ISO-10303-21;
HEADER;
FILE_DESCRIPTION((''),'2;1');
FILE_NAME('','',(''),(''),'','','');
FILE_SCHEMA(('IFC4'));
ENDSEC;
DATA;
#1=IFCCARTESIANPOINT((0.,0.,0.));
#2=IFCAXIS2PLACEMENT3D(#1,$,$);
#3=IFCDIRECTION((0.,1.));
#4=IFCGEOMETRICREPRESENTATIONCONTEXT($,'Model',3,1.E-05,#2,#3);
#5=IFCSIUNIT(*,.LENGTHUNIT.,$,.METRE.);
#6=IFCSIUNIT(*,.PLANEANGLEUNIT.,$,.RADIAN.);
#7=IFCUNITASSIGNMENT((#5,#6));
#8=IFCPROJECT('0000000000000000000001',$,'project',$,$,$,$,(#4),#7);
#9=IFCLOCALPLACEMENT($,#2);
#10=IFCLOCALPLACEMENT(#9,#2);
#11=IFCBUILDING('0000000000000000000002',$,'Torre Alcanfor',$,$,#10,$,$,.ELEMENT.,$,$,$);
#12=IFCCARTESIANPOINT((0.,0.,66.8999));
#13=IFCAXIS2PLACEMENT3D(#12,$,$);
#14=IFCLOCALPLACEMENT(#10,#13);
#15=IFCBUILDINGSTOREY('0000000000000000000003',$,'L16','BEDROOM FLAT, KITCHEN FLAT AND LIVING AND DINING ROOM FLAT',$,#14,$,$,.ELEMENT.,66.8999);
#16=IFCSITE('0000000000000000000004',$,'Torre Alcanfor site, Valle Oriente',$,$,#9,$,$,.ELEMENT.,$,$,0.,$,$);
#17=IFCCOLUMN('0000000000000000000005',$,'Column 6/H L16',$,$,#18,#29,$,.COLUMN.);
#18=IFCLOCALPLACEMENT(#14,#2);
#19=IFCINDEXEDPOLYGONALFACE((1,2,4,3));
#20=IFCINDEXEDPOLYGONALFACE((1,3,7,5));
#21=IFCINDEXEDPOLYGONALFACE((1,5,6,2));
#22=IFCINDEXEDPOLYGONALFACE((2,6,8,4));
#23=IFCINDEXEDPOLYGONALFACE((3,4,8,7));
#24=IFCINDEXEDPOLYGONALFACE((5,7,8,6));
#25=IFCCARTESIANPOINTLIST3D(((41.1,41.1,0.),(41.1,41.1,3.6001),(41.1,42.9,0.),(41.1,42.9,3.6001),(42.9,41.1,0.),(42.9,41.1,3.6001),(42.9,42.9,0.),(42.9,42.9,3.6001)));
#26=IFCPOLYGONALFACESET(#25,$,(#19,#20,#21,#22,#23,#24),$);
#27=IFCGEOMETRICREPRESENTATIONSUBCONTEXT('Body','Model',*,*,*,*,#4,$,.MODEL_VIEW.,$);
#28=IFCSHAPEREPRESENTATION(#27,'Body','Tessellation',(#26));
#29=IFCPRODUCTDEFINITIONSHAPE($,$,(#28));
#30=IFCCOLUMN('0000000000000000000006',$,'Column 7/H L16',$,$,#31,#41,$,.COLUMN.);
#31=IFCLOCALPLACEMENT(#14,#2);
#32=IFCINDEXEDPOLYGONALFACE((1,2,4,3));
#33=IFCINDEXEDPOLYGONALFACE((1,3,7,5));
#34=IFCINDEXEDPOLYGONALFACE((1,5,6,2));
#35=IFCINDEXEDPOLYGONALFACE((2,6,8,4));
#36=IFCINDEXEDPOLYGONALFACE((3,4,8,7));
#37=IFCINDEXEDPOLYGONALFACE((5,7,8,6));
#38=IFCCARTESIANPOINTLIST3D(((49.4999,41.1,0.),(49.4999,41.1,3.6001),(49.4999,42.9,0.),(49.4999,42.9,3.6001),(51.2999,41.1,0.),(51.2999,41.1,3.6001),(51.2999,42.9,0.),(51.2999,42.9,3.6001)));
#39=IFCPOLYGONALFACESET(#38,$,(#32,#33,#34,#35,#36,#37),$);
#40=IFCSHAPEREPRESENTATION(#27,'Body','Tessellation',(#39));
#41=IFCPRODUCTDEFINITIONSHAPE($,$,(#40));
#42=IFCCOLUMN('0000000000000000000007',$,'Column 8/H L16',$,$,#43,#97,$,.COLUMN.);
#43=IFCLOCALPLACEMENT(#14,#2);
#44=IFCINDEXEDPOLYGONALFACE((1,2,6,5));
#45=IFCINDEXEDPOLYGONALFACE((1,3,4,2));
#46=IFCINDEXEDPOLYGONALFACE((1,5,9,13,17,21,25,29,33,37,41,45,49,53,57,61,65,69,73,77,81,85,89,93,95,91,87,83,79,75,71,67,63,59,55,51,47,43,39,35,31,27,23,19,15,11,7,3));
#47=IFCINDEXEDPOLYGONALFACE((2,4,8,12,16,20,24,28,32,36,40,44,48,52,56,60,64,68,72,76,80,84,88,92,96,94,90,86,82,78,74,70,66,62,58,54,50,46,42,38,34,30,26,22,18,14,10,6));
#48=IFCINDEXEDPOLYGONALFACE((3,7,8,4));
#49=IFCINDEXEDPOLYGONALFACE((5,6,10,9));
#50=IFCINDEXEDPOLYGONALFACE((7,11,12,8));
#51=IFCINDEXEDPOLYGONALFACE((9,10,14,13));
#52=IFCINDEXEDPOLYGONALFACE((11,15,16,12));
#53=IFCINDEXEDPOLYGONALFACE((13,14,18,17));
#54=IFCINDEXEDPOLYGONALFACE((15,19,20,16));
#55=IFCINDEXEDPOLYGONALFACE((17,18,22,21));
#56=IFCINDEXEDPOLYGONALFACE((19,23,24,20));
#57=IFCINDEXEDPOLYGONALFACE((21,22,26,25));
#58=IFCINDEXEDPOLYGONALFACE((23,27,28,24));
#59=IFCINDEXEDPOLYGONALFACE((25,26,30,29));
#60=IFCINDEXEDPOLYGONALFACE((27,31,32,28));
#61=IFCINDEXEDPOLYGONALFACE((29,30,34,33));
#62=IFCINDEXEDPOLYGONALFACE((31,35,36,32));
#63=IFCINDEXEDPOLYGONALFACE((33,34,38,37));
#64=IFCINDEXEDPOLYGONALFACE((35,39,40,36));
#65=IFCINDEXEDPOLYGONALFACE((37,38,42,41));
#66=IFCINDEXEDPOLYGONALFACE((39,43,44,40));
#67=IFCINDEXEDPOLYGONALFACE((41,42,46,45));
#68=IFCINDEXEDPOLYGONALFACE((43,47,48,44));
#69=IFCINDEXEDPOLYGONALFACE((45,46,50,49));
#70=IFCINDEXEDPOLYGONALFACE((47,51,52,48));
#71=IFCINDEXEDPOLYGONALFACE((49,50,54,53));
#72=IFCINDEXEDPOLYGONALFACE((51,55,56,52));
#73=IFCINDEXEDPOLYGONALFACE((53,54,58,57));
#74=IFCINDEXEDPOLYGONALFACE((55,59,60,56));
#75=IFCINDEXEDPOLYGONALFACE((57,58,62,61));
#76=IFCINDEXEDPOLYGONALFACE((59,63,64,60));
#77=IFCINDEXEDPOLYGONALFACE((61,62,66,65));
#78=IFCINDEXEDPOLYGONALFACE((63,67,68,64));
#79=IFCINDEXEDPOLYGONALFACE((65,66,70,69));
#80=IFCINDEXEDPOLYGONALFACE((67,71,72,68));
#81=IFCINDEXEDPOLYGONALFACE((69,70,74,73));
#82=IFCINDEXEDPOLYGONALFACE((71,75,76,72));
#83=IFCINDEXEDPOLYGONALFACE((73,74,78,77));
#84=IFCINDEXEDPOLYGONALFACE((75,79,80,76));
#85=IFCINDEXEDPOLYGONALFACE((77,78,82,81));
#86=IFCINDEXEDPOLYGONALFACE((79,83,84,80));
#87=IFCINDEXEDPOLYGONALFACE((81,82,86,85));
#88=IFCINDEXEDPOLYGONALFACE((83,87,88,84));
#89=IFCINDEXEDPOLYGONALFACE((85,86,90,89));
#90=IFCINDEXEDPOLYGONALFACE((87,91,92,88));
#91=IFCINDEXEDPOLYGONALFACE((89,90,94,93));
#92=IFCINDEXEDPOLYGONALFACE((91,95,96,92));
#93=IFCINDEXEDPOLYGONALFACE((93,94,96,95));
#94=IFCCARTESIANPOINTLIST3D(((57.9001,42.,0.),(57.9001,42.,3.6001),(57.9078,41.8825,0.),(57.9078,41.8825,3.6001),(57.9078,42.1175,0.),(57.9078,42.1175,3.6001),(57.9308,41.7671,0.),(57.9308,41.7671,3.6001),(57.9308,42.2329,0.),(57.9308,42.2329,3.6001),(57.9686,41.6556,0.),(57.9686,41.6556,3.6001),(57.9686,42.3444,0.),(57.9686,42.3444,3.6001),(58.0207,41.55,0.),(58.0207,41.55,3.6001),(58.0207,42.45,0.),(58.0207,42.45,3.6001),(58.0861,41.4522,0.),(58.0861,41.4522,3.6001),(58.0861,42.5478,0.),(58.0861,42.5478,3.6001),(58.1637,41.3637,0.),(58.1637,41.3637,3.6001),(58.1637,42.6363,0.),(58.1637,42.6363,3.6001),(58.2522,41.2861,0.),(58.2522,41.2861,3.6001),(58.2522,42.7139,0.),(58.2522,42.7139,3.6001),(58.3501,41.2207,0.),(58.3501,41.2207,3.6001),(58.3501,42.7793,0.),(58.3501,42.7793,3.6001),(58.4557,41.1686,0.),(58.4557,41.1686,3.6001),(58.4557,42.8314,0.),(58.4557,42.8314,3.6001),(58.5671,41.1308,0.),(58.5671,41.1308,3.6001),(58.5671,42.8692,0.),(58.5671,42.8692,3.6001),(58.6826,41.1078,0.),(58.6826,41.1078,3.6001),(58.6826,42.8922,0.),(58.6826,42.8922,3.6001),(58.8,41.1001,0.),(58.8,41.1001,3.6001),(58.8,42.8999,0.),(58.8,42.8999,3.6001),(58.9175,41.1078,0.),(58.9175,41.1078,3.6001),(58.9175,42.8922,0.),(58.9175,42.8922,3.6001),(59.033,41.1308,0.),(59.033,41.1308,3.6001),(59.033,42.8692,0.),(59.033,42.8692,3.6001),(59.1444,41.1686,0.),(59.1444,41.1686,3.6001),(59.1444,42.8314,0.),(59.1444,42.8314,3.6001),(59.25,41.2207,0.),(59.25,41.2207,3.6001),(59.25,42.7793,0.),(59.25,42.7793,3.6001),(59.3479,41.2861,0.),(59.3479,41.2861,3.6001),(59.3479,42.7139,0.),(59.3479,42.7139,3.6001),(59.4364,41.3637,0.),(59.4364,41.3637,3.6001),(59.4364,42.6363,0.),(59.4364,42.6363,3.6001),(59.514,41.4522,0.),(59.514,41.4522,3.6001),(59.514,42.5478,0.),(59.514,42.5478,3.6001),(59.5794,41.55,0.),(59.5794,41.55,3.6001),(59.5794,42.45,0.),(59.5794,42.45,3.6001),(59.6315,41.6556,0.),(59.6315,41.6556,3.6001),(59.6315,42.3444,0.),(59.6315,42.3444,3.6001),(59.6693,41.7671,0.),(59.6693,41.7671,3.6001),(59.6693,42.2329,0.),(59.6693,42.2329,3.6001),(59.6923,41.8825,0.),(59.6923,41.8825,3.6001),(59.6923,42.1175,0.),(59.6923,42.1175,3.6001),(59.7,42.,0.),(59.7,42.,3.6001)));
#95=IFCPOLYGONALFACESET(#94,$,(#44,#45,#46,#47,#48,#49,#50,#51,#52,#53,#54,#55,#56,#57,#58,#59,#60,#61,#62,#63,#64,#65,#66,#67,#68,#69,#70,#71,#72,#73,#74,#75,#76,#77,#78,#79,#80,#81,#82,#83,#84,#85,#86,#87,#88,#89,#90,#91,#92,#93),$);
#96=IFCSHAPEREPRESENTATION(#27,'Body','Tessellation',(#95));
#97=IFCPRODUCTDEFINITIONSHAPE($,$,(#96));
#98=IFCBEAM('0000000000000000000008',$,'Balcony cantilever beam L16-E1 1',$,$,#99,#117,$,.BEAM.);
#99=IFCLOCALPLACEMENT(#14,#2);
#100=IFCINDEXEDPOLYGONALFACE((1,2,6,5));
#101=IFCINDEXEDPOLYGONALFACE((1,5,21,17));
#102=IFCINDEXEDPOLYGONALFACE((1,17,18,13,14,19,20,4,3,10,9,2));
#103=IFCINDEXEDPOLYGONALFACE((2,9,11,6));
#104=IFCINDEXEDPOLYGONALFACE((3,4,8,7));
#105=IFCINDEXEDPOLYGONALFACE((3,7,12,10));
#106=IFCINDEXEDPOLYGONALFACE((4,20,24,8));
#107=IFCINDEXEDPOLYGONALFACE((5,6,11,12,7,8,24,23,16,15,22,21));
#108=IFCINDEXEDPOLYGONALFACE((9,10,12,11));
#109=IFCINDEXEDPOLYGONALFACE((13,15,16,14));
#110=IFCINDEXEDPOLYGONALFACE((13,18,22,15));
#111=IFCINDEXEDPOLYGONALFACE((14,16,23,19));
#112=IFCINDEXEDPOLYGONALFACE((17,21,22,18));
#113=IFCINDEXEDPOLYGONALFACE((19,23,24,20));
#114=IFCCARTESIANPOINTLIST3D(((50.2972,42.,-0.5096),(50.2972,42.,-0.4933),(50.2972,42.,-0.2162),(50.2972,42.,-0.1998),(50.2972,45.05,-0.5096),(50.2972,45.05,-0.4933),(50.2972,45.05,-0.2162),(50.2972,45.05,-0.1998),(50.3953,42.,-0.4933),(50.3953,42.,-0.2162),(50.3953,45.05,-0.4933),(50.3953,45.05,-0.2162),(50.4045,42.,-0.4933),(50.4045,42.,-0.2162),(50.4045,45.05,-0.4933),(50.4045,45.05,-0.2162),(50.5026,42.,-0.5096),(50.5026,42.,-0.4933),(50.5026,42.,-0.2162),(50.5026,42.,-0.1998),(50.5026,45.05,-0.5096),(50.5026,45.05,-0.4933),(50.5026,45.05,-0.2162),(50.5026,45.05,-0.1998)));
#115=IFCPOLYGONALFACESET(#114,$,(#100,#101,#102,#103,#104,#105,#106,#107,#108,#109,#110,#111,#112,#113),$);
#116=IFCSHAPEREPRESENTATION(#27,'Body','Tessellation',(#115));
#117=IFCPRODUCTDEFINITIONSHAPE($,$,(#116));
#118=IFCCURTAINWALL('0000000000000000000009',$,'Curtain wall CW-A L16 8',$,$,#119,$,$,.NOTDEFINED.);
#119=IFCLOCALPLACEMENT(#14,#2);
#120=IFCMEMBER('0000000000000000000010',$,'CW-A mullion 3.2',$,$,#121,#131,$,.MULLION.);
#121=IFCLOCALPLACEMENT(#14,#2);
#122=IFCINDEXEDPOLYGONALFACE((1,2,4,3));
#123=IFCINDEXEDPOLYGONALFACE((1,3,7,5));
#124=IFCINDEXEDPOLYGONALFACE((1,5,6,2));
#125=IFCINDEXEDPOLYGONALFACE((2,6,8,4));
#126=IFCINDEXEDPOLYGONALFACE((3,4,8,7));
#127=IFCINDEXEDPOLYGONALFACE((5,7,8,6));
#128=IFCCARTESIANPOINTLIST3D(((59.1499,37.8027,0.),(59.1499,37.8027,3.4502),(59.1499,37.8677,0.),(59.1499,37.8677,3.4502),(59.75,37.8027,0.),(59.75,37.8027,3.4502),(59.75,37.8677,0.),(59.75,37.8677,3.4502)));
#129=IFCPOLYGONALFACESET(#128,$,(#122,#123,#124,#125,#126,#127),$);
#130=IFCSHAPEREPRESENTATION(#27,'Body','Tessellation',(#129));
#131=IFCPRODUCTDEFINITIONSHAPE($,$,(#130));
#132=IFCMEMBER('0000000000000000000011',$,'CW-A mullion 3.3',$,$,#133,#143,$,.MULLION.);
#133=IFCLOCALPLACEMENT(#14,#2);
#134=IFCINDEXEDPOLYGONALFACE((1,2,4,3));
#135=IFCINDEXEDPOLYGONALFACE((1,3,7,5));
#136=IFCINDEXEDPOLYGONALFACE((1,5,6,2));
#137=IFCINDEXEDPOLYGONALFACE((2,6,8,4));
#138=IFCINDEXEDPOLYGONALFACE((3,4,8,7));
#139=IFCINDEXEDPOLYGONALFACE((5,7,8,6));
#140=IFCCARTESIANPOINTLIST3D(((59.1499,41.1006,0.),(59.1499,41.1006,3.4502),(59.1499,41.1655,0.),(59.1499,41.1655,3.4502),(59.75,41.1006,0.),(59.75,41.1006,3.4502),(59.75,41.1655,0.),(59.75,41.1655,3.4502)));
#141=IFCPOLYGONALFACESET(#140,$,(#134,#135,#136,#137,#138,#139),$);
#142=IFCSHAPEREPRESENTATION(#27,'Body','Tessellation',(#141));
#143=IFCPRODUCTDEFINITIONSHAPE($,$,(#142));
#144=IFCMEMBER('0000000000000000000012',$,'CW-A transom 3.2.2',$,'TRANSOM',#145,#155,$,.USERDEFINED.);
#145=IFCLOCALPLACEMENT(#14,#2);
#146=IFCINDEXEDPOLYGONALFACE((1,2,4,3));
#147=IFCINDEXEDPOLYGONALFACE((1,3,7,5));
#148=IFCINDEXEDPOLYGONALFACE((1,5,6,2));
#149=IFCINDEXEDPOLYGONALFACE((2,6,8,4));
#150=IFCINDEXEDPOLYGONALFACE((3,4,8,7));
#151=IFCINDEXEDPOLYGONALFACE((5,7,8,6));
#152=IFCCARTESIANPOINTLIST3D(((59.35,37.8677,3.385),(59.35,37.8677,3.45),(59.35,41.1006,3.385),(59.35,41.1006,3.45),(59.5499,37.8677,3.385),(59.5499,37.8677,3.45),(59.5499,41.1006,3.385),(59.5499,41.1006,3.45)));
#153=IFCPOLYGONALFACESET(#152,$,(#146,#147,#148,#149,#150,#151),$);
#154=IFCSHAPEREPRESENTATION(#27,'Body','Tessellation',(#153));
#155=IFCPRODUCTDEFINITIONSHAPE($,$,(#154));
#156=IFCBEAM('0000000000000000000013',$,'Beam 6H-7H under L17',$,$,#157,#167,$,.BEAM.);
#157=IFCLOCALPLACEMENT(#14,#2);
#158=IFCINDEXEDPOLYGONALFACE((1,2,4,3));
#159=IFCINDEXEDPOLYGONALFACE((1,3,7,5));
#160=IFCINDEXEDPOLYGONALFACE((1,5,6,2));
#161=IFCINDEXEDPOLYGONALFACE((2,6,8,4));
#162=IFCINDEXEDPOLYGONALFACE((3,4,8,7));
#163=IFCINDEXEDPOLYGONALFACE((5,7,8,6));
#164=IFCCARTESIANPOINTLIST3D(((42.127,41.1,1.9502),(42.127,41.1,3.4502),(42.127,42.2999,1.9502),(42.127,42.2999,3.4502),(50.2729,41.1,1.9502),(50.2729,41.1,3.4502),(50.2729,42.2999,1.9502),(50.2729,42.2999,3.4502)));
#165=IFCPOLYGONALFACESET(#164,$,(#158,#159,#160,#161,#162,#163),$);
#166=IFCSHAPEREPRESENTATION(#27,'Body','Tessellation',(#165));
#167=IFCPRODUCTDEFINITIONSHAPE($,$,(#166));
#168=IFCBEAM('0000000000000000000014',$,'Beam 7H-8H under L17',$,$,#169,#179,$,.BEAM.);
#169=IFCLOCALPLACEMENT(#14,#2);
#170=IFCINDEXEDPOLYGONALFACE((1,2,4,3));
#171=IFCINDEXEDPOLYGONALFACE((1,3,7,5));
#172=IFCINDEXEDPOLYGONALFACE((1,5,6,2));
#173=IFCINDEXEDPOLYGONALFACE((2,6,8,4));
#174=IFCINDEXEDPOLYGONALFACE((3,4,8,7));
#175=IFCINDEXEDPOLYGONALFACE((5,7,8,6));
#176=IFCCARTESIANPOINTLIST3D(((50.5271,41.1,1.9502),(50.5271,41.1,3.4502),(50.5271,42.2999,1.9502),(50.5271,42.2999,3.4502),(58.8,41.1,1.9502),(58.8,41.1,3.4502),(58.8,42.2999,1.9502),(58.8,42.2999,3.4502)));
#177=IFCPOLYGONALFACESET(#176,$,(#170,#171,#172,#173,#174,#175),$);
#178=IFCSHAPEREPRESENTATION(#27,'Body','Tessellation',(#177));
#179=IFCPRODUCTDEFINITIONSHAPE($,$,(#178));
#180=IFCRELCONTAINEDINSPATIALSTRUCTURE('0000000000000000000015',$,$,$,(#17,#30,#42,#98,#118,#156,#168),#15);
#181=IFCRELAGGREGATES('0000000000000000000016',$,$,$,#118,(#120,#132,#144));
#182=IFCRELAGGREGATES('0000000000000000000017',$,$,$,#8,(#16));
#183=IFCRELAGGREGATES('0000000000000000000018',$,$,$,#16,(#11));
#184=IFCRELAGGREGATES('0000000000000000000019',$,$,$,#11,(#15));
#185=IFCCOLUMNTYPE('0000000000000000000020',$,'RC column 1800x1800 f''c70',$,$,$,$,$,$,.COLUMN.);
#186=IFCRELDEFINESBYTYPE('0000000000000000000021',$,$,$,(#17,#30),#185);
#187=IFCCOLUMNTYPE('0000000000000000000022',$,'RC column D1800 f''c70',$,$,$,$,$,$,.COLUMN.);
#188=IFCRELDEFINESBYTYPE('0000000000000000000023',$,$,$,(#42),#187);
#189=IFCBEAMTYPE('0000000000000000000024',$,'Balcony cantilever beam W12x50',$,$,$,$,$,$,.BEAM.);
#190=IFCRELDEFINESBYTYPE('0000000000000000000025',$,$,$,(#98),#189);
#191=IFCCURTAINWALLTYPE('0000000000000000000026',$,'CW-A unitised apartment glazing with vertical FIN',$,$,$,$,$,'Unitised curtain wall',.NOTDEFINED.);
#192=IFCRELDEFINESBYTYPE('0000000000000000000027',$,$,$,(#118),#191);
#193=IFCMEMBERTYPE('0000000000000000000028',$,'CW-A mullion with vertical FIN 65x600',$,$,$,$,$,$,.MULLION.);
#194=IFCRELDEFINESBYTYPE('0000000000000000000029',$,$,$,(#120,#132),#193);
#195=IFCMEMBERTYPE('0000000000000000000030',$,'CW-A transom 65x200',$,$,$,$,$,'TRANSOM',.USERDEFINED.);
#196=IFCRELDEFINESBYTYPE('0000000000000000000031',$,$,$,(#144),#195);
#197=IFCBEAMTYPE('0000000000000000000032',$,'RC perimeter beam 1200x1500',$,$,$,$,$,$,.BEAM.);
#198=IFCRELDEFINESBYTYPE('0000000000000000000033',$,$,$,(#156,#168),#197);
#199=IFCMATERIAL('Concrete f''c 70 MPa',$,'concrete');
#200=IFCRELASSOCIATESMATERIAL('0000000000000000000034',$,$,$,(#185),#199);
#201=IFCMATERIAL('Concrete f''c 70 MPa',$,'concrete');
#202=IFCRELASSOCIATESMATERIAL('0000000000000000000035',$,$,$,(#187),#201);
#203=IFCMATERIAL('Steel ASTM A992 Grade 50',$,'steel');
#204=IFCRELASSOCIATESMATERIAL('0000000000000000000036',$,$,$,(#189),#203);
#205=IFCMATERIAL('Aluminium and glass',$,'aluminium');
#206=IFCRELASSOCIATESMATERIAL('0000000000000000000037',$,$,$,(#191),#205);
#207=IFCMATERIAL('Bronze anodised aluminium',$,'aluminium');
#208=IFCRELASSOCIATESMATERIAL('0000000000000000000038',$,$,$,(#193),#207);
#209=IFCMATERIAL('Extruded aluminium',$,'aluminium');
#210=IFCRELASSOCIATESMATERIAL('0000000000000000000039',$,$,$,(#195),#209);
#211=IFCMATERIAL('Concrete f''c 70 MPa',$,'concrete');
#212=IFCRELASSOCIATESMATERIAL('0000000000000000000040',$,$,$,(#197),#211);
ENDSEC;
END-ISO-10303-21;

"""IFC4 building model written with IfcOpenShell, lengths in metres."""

from ifc_helpers import new_model, si_unit, direction, frame, origin, origin_2d, place, context, subcontext, project, spatial, rectangle, circle, i_section, extrude, material, material_profile, profile_set, type_object, element, aggregate, save


model = new_model("IFC4")

# Units and contexts
model_context = context("Model", 3, precision=1e-05, world=origin(), true_north=direction((0.0, 1.0)))
body_context = subcontext(model_context, "Body", "Model", "MODEL_VIEW")
ifc_project = project(units=[si_unit("LENGTHUNIT", "METRE"), si_unit("PLANEANGLEUNIT", "RADIAN")], contexts=[model_context])

# Site, building, storey
site_placement = place(None, origin())
site = spatial("IfcSite", under=ifc_project, at=site_placement, Name="Torre Alcanfor site, Valle Oriente", CompositionType="ELEMENT", RefElevation=0.0)
building_placement = place(site_placement, origin())
building = spatial("IfcBuilding", under=site, at=building_placement, Name="Torre Alcanfor", CompositionType="ELEMENT")
storey_placement = place(building_placement, frame((0.0, 0.0, 66.8999)))
storey = spatial("IfcBuildingStorey", under=building, at=storey_placement, Name="L16", Description="BEDROOM FLAT, KITCHEN FLAT AND LIVING AND DINING ROOM FLAT", CompositionType="ELEMENT", Elevation=66.8999)

# Columns
ifc_material_1 = material(Name="Concrete f'c 70 MPa", Category="concrete")
ifc_material_profile_1 = material_profile(ifc_material_1, rectangle(XDim=1.8, YDim=1.8, at=origin_2d()), Name="1800x1800")
ifc_profile_set_1 = profile_set([ifc_material_profile_1], Name="Concrete f'c 70 MPa")
column_type_1 = type_object("IfcColumnType", Name="RC column 1800x1800 f'c70", PredefinedType="COLUMN", material=ifc_profile_set_1)
for number, where, z_axis, x_axis, name in (
    (1, (42.0, 42.0, 0.0), (0.0, 0.0, 1.0), (1.0, 0.0, 0.0), "Column 6/H L16"),
    (2, (50.3999, 42.0, 0.0), (0.0, 0.0, 1.0), (1.0, 0.0, 0.0), "Column 7/H L16"),
):
    element("IfcColumn", number, at=place(storey_placement, frame(where, z_axis=z_axis, x_axis=x_axis)), inside=storey, type_object=column_type_1, Name=name, PredefinedType="COLUMN", context=body_context, shape_type="SweptSolid", body=[
        extrude(rectangle(XDim=1.8, YDim=1.8, at=origin_2d()), origin(), (0.0, 0.0, 1.0), 3.6001),
    ])
ifc_material_2 = material(Name="Concrete f'c 70 MPa", Category="concrete")
ifc_material_profile_2 = material_profile(ifc_material_2, circle(Radius=0.8999, at=origin_2d()), Name="D1800")
ifc_profile_set_2 = profile_set([ifc_material_profile_2], Name="Concrete f'c 70 MPa")
column_type_2 = type_object("IfcColumnType", Name="RC column D1800 f'c70", PredefinedType="COLUMN", material=ifc_profile_set_2)
column_placement = place(storey_placement, frame((58.8, 42.0, 0.0), z_axis=(0.0, 0.0, 1.0), x_axis=(1.0, 0.0, 0.0)))
element("IfcColumn", 3, at=column_placement, inside=storey, type_object=column_type_2, Name="Column 8/H L16", PredefinedType="COLUMN", context=body_context, shape_type="SweptSolid", body=[
    extrude(circle(Radius=0.8999, at=origin_2d()), origin(), (0.0, 0.0, 1.0), 3.6001),
])

# Beam
ifc_material_3 = material(Name="Steel ASTM A992 Grade 50", Category="steel")
ifc_material_profile_3 = material_profile(ifc_material_3, i_section(OverallWidth=0.2053, OverallDepth=0.3098, WebThickness=0.0093, FlangeThickness=0.0164, at=origin_2d()), Name="W12x50")
ifc_profile_set_3 = profile_set([ifc_material_profile_3], Name="Steel ASTM A992 Grade 50")
beam_type_1 = type_object("IfcBeamType", Name="Balcony cantilever beam W12x50", PredefinedType="BEAM", material=ifc_profile_set_3)
beam_1_placement = place(storey_placement, frame((50.3999, 42.0, -0.3547), z_axis=(0.0, 1.0, 0.0), x_axis=(-1.0, 0.0, 0.0)))
element("IfcBeam", 4, at=beam_1_placement, inside=storey, type_object=beam_type_1, Name="Balcony cantilever beam L16-E1 1", PredefinedType="BEAM", context=body_context, shape_type="SweptSolid", body=[
    extrude(i_section(OverallWidth=0.2053, OverallDepth=0.3098, WebThickness=0.0093, FlangeThickness=0.0164, at=origin_2d()), origin(), (0.0, 0.0, 1.0), 3.05),
])

# Curtain wall, members
ifc_material_4 = material(Name="Aluminium and glass", Category="aluminium")
curtain_wall_type = type_object("IfcCurtainWallType", Name="CW-A unitised apartment glazing with vertical FIN", ElementType="Unitised curtain wall", PredefinedType="NOTDEFINED", material=ifc_material_4)
curtain_wall_placement = place(storey_placement, origin())
curtain_wall = element("IfcCurtainWall", 5, at=curtain_wall_placement, inside=storey, type_object=curtain_wall_type, Name="Curtain wall CW-A L16 8", PredefinedType="NOTDEFINED")
ifc_material_5 = material(Name="Bronze anodised aluminium", Category="aluminium")
ifc_material_profile_4 = material_profile(ifc_material_5, rectangle(XDim=0.6001, YDim=0.0649, at=origin_2d()), Name="CW-A mullion 65x600")
ifc_profile_set_4 = profile_set([ifc_material_profile_4], Name="Bronze anodised aluminium")
member_type_1 = type_object("IfcMemberType", Name="CW-A mullion with vertical FIN 65x600", PredefinedType="MULLION", material=ifc_profile_set_4)
member_1_placement = place(storey_placement, frame((59.45, 37.8352, 0.0), z_axis=(0.0, 0.0, 1.0), x_axis=(-1.0, 0.0, 0.0)))
member_1 = element("IfcMember", 6, at=member_1_placement, type_object=member_type_1, Name="CW-A mullion 3.2", PredefinedType="MULLION", context=body_context, shape_type="SweptSolid", body=[
    extrude(rectangle(XDim=0.6001, YDim=0.0649, at=origin_2d()), origin(), (0.0, 0.0, 1.0), 3.4502),
])
member_2_placement = place(storey_placement, frame((59.45, 41.1331, 0.0), z_axis=(0.0, 0.0, 1.0), x_axis=(-1.0, 0.0, 0.0)))
member_2 = element("IfcMember", 7, at=member_2_placement, type_object=member_type_1, Name="CW-A mullion 3.3", PredefinedType="MULLION", context=body_context, shape_type="SweptSolid", body=[
    extrude(rectangle(XDim=0.6001, YDim=0.0649, at=origin_2d()), origin(), (0.0, 0.0, 1.0), 3.4502),
])
ifc_material_6 = material(Name="Extruded aluminium", Category="aluminium")
ifc_material_profile_5 = material_profile(ifc_material_6, rectangle(XDim=0.2, YDim=0.0649, at=origin_2d()), Name="CW-A transom 200x65")
ifc_profile_set_5 = profile_set([ifc_material_profile_5], Name="Extruded aluminium")
member_type_2 = type_object("IfcMemberType", Name="CW-A transom 65x200", ElementType="TRANSOM", PredefinedType="USERDEFINED", material=ifc_profile_set_5)
member_3_placement = place(storey_placement, frame((59.45, 37.8677, 3.4175), z_axis=(0.0, 1.0, 0.0), x_axis=(-1.0, 0.0, 0.0)))
member_3 = element("IfcMember", 8, at=member_3_placement, type_object=member_type_2, Name="CW-A transom 3.2.2", ObjectType="TRANSOM", PredefinedType="USERDEFINED", context=body_context, shape_type="SweptSolid", body=[
    extrude(rectangle(XDim=0.2, YDim=0.0649, at=origin_2d()), origin(), (0.0, 0.0, 1.0), 3.2329),
])

# Beams
ifc_material_7 = material(Name="Concrete f'c 70 MPa", Category="concrete")
ifc_material_profile_6 = material_profile(ifc_material_7, rectangle(XDim=1.2, YDim=1.5, at=origin_2d()), Name="1200x1500")
ifc_profile_set_6 = profile_set([ifc_material_profile_6], Name="Concrete f'c 70 MPa")
beam_type_2 = type_object("IfcBeamType", Name="RC perimeter beam 1200x1500", PredefinedType="BEAM", material=ifc_profile_set_6)
beam_2_placement = place(storey_placement, frame((42.127, 41.7, 2.7002), z_axis=(1.0, 0.0, 0.0), x_axis=(0.0, 1.0, 0.0)))
element("IfcBeam", 9, at=beam_2_placement, inside=storey, type_object=beam_type_2, Name="Beam 6H-7H under L17", PredefinedType="BEAM", context=body_context, shape_type="SweptSolid", body=[
    extrude(rectangle(XDim=1.2, YDim=1.5, at=origin_2d()), origin(), (0.0, 0.0, 1.0), 8.146),
])
beam_3_placement = place(storey_placement, frame((50.5271, 41.7, 2.7002), z_axis=(1.0, 0.0, 0.0), x_axis=(0.0, 1.0, 0.0)))
element("IfcBeam", 10, at=beam_3_placement, inside=storey, type_object=beam_type_2, Name="Beam 7H-8H under L17", PredefinedType="BEAM", context=body_context, shape_type="SweptSolid", body=[
    extrude(rectangle(XDim=1.2, YDim=1.5, at=origin_2d()), origin(), (0.0, 0.0, 1.0), 8.2729),
])

aggregate(curtain_wall, [member_1, member_2, member_3])

save(model, "model.ifc")
